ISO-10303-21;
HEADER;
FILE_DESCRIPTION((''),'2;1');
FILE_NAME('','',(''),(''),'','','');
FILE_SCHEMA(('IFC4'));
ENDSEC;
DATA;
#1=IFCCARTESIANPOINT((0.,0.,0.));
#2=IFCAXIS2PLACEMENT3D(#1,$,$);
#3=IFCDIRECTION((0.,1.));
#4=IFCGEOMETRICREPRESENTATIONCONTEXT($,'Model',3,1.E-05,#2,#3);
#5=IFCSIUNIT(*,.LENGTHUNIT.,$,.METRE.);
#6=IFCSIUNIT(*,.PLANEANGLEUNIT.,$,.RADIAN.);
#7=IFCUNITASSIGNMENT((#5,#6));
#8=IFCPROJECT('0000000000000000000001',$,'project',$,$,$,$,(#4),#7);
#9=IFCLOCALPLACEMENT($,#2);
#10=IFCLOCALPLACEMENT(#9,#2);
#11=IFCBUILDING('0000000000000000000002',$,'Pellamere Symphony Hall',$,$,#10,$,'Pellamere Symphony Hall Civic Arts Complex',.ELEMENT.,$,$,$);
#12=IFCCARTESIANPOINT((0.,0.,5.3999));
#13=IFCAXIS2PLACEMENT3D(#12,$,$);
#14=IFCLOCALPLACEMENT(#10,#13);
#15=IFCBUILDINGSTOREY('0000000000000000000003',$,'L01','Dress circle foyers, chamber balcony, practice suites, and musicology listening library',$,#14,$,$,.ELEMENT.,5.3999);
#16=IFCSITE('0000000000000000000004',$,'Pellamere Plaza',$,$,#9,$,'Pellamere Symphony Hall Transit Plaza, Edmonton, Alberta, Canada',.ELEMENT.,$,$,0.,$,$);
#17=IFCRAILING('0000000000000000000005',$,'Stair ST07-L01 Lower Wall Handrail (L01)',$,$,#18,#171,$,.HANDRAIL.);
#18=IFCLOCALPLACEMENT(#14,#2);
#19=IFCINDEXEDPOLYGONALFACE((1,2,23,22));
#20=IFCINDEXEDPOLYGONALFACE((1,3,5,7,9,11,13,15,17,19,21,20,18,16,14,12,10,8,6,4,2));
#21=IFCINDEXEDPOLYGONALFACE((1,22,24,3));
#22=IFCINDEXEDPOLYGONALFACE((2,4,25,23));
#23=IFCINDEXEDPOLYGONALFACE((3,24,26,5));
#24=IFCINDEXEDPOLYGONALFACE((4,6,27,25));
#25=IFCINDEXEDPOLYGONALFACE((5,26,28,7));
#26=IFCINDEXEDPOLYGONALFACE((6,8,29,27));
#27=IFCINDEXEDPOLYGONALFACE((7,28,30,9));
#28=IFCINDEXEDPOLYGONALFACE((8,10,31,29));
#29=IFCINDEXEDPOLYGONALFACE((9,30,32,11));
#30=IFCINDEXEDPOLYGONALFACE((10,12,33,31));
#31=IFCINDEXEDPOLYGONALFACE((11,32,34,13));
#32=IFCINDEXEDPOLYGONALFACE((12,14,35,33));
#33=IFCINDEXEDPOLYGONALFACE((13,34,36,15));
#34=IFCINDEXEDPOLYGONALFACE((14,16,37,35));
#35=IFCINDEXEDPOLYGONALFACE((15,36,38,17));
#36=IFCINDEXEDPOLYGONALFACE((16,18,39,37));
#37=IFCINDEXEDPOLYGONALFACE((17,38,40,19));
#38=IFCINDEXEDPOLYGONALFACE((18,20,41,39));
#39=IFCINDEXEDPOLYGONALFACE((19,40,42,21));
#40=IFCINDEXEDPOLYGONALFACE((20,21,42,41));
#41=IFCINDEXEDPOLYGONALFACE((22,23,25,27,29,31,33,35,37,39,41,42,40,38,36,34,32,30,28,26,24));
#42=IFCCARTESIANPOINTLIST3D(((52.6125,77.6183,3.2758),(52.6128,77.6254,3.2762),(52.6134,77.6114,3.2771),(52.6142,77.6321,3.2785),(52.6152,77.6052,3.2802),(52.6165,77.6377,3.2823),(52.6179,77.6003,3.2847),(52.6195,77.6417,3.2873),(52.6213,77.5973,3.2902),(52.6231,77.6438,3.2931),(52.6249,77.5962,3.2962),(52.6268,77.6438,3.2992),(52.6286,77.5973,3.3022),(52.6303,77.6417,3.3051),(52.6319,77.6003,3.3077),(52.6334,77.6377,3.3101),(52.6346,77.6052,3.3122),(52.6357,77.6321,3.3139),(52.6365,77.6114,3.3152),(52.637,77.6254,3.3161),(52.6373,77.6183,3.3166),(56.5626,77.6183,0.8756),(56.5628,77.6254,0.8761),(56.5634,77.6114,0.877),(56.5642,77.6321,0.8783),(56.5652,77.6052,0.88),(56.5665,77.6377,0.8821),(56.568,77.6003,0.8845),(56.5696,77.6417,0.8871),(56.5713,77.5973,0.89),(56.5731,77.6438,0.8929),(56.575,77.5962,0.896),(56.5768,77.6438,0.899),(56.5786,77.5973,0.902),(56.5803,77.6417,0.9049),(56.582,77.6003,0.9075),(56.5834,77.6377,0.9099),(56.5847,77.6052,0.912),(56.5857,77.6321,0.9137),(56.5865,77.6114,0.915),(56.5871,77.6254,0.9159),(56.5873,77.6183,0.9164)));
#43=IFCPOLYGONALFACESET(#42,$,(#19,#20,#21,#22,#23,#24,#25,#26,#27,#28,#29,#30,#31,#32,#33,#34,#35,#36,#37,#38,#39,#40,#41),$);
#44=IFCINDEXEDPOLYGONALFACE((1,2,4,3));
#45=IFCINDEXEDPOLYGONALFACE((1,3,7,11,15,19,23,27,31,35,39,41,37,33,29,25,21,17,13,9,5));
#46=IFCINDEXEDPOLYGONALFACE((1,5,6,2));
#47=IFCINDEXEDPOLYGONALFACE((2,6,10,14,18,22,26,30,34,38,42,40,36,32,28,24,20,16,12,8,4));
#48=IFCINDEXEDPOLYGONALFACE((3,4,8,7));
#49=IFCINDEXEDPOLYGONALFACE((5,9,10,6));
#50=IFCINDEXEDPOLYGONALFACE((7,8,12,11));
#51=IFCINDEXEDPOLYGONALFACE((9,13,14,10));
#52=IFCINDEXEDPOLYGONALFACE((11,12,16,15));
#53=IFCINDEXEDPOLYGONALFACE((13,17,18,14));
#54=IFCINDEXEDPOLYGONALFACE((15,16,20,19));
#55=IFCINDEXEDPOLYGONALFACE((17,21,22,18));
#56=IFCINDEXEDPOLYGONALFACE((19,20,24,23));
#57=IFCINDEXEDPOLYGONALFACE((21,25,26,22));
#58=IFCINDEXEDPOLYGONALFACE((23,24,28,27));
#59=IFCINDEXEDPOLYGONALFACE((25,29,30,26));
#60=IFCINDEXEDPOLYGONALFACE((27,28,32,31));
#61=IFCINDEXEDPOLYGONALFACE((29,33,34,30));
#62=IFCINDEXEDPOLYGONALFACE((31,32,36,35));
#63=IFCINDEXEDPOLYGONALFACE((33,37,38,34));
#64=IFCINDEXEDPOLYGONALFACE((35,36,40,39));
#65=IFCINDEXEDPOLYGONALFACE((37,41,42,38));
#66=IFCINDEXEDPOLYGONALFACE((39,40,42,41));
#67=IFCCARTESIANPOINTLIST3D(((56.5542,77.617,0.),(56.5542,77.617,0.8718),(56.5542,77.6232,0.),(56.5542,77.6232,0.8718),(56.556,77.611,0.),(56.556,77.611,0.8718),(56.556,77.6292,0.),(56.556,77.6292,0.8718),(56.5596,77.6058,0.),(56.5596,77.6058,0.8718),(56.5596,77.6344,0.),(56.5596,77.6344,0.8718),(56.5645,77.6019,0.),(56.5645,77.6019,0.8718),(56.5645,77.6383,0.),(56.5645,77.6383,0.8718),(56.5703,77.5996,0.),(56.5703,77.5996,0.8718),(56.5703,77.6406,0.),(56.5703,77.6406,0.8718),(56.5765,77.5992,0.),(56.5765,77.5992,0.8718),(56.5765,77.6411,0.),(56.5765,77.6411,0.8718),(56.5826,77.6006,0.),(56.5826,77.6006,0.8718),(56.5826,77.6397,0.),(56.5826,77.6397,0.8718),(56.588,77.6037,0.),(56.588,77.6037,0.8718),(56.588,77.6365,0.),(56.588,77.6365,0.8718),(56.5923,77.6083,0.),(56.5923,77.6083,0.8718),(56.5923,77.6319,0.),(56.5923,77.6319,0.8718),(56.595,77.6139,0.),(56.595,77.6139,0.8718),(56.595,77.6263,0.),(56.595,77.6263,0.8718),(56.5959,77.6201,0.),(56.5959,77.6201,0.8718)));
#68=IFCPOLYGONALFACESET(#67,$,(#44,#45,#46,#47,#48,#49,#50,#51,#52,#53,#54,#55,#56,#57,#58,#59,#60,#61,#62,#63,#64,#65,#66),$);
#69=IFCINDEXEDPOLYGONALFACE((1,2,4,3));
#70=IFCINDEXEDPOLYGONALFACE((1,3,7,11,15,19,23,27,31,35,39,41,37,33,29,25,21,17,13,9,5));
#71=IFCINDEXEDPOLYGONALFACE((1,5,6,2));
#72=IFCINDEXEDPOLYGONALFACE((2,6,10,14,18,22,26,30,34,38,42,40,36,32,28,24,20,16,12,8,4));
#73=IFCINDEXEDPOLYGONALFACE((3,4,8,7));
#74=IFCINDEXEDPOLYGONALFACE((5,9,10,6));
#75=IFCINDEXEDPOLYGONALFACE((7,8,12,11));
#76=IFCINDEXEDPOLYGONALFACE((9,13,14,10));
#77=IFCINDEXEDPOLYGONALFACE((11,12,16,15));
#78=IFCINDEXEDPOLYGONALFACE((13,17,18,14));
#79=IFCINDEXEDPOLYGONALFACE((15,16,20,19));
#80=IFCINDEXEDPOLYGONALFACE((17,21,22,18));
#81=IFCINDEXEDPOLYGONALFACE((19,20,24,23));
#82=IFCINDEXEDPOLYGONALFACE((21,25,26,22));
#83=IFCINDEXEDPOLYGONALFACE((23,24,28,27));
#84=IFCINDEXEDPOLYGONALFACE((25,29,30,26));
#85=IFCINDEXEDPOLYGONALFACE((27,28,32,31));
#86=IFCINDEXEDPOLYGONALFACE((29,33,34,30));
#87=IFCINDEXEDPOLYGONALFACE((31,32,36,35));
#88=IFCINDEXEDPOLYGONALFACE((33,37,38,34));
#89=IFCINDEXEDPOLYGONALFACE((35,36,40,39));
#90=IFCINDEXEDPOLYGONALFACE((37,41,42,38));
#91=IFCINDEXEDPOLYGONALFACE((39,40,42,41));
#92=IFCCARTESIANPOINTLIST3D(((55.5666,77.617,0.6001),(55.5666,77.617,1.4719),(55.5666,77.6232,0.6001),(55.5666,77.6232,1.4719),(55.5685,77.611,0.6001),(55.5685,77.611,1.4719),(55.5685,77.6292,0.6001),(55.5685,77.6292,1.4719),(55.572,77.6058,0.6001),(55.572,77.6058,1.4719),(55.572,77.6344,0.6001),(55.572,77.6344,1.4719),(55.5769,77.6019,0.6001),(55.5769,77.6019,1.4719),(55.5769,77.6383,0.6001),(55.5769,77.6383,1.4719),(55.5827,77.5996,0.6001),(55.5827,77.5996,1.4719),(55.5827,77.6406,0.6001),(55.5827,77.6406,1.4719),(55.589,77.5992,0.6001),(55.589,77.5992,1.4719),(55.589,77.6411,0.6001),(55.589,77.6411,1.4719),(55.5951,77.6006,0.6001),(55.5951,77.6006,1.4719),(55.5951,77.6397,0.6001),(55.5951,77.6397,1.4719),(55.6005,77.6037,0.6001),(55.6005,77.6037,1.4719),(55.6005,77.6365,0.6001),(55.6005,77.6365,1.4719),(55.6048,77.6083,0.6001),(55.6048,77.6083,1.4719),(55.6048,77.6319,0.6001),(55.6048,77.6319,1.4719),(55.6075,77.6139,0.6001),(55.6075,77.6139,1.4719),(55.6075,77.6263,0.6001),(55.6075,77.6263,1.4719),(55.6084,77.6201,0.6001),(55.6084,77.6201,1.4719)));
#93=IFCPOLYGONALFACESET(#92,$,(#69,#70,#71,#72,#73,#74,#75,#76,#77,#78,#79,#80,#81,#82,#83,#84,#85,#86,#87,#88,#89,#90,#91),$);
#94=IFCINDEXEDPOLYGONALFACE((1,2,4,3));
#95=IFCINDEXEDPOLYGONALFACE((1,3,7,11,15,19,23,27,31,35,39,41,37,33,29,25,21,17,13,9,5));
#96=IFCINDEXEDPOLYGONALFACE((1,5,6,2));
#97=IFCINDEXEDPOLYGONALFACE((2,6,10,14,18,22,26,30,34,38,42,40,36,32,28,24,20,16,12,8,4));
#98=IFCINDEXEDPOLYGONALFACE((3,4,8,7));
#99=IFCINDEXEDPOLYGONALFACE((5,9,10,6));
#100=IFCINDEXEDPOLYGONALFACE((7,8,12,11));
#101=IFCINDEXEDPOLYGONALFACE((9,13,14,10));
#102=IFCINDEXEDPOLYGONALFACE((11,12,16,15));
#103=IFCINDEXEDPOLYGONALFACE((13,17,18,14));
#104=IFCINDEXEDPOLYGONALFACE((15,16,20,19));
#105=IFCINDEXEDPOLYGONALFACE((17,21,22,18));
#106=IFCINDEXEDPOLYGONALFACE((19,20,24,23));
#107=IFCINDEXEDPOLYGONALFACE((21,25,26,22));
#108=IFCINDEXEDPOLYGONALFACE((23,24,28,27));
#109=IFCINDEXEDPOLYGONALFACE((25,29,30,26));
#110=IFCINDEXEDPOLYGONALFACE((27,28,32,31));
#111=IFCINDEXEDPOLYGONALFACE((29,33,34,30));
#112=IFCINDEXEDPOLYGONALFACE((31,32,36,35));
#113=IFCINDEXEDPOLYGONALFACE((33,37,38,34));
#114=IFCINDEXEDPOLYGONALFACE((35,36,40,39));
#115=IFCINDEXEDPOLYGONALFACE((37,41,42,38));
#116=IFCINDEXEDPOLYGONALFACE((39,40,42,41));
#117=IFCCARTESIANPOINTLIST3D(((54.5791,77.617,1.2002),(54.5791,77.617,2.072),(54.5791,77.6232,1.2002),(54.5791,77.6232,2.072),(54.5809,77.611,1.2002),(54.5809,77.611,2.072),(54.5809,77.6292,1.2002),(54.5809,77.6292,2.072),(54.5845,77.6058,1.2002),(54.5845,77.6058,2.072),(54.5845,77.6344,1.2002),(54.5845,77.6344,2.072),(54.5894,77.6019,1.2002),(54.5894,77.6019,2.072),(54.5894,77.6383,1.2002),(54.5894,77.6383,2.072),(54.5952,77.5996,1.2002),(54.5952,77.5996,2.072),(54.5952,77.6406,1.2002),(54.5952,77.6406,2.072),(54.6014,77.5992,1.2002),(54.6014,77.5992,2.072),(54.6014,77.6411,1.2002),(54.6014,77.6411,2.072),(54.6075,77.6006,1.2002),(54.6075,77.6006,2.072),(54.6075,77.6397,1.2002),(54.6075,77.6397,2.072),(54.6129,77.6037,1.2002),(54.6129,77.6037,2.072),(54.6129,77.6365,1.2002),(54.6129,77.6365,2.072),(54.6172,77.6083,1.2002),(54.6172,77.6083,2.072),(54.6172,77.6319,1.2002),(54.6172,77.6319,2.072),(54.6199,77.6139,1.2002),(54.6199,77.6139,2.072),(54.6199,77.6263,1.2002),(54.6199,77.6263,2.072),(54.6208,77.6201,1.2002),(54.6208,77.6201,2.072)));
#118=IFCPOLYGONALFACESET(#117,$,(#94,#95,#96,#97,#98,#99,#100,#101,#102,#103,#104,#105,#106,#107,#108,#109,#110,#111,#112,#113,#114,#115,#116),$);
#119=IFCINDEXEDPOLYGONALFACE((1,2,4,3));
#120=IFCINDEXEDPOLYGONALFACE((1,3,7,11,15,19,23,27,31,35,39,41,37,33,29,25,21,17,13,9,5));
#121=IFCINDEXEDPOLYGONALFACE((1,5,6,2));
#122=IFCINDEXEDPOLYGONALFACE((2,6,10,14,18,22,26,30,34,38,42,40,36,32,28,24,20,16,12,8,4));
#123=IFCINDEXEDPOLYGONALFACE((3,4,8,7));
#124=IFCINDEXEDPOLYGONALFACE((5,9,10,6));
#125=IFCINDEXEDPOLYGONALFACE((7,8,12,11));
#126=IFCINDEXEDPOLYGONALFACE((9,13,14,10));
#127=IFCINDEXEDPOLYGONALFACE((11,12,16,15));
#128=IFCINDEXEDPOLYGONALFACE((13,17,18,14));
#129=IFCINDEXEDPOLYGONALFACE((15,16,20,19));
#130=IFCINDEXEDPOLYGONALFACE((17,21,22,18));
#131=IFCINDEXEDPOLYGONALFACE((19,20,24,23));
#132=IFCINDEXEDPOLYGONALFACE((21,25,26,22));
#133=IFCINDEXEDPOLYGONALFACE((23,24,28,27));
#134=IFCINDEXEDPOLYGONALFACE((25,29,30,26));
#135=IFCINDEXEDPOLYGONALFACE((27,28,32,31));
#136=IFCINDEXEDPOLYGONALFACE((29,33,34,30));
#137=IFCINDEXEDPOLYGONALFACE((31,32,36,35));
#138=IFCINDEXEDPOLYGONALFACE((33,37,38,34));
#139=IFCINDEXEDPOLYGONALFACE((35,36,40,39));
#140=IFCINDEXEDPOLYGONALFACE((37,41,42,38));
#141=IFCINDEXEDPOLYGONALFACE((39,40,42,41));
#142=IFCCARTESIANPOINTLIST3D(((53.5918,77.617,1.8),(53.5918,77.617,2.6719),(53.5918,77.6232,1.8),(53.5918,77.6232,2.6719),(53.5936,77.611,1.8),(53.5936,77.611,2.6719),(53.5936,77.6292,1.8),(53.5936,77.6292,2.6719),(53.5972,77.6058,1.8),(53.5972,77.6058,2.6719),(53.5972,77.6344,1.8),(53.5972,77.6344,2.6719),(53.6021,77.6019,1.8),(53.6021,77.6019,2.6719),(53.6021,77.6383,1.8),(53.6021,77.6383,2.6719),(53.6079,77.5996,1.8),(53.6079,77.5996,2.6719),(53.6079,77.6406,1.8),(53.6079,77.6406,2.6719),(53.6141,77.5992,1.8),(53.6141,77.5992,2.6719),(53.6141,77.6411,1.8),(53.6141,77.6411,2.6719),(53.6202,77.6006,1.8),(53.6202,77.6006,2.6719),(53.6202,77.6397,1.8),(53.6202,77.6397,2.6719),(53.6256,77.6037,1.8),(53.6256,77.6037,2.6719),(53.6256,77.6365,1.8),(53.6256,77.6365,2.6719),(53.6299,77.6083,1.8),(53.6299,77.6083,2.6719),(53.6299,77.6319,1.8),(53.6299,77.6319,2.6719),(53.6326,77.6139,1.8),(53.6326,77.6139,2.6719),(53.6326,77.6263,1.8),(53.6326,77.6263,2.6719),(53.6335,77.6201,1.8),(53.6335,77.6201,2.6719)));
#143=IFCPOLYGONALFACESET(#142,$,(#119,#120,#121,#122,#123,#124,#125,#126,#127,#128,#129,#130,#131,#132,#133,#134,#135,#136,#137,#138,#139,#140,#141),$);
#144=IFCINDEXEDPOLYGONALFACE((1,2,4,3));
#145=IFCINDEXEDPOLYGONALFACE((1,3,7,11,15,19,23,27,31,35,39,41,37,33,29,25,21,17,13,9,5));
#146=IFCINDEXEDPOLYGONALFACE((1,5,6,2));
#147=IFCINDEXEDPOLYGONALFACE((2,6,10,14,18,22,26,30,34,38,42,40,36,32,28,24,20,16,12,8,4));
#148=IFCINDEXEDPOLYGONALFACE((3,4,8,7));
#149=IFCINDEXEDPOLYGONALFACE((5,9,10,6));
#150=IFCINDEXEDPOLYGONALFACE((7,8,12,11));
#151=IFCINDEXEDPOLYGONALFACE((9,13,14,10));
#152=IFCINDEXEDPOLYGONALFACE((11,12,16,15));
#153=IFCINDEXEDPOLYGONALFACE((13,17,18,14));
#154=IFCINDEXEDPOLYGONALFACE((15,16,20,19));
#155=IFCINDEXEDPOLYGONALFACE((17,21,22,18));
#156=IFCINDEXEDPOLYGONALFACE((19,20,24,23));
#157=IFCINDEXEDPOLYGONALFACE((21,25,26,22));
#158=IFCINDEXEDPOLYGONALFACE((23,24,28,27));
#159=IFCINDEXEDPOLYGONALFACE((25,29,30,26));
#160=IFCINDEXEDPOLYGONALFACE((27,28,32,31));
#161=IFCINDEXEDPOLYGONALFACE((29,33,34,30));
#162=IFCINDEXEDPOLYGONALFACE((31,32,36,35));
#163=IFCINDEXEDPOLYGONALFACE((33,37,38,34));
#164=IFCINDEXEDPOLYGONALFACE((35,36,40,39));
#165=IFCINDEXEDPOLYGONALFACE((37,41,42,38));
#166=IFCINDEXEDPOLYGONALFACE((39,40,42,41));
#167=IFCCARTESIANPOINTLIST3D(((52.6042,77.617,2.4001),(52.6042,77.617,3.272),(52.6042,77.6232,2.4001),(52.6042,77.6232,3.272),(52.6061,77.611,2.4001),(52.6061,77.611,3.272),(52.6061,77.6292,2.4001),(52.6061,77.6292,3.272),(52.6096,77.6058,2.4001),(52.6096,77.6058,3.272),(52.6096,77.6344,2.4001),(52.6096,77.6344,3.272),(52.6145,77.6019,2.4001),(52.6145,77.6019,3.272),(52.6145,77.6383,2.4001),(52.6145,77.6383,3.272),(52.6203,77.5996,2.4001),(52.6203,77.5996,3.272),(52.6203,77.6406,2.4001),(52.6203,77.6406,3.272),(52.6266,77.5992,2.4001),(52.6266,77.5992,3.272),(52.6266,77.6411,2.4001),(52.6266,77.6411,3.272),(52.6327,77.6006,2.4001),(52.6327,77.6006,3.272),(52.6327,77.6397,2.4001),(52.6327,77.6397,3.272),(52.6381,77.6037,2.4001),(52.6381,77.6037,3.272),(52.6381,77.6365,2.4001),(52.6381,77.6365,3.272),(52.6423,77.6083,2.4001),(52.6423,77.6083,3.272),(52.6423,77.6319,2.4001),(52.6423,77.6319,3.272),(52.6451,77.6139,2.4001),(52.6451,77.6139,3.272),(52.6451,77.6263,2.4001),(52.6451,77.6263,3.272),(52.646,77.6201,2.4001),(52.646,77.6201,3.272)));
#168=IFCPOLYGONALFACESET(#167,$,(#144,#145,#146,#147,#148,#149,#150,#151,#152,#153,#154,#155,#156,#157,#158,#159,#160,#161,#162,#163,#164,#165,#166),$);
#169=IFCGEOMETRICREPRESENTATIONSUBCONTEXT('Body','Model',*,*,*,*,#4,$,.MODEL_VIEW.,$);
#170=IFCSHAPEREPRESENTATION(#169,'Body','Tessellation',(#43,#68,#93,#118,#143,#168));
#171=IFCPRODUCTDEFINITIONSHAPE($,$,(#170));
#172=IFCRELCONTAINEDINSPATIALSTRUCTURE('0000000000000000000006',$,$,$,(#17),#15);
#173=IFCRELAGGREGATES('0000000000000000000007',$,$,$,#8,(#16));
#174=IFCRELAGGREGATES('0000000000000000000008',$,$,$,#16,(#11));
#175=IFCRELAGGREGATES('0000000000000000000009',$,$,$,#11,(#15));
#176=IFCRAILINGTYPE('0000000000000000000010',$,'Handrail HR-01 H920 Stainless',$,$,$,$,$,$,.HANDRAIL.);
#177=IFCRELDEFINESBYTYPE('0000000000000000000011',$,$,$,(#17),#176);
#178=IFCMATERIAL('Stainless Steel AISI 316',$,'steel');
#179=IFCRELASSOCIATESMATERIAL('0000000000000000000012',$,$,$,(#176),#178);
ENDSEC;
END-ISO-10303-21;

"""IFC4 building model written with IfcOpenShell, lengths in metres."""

from ifc_helpers import new_model, si_unit, direction, frame, origin, origin_2d, place, context, subcontext, project, spatial, circle, extrude, material, type_object, element, save


model = new_model("IFC4")

# Units and contexts
model_context = context("Model", 3, precision=1e-05, world=origin(), true_north=direction((0.0, 1.0)))
body_context = subcontext(model_context, "Body", "Model", "MODEL_VIEW")
ifc_project = project(units=[si_unit("LENGTHUNIT", "METRE"), si_unit("PLANEANGLEUNIT", "RADIAN")], contexts=[model_context])

# Site, building, storey
site_placement = place(None, origin())
site = spatial("IfcSite", under=ifc_project, at=site_placement, Name="Pellamere Plaza", LongName="Pellamere Symphony Hall Transit Plaza, Edmonton, Alberta, Canada", CompositionType="ELEMENT", RefElevation=0.0)
building_placement = place(site_placement, origin())
building = spatial("IfcBuilding", under=site, at=building_placement, Name="Pellamere Symphony Hall", LongName="Pellamere Symphony Hall Civic Arts Complex", CompositionType="ELEMENT")
storey_placement = place(building_placement, frame((0.0, 0.0, 5.3999)))
storey = spatial("IfcBuildingStorey", under=building, at=storey_placement, Name="L01", Description="Dress circle foyers, chamber balcony, practice suites, and musicology listening library", CompositionType="ELEMENT", Elevation=5.3999)

# Railing
ifc_material_1 = material(Name="Stainless Steel AISI 316", Category="steel")
railing_type_1 = type_object("IfcRailingType", Name="Handrail HR-01 H920 Stainless", PredefinedType="HANDRAIL", material=ifc_material_1)
railing_1_placement = place(storey_placement, frame((56.575, 77.6201, 0.0)))
element("IfcRailing", 1, at=railing_1_placement, inside=storey, type_object=railing_type_1, Name="Stair ST07-L01 Lower Wall Handrail (L01)", PredefinedType="HANDRAIL", context=body_context, shape_type="SweptSolid", body=[
    extrude(circle(Radius=0.0239, at=origin_2d()), frame((0.0, 0.0, 0.896), z_axis=(-0.854599, 0.0, 0.519288), x_axis=(0.0, -1.0, 0.0)), (0.0, 0.0, 1.0), 4.6221),
    extrude(circle(Radius=0.021, at=origin_2d()), origin(), (0.0, 0.0, 1.0), 0.8718),
    extrude(circle(Radius=0.021, at=origin_2d()), frame((-0.9875, 0.0, 0.6001)), (0.0, 0.0, 1.0), 0.8718),
    extrude(circle(Radius=0.021, at=origin_2d()), frame((-1.9751, 0.0, 1.2002)), (0.0, 0.0, 1.0), 0.8718),
    extrude(circle(Radius=0.021, at=origin_2d()), frame((-2.9624, 0.0, 1.8)), (0.0, 0.0, 1.0), 0.8718),
    extrude(circle(Radius=0.021, at=origin_2d()), frame((-3.95, 0.0, 2.4001)), (0.0, 0.0, 1.0), 0.8718),
])

save(model, "model.ifc")
